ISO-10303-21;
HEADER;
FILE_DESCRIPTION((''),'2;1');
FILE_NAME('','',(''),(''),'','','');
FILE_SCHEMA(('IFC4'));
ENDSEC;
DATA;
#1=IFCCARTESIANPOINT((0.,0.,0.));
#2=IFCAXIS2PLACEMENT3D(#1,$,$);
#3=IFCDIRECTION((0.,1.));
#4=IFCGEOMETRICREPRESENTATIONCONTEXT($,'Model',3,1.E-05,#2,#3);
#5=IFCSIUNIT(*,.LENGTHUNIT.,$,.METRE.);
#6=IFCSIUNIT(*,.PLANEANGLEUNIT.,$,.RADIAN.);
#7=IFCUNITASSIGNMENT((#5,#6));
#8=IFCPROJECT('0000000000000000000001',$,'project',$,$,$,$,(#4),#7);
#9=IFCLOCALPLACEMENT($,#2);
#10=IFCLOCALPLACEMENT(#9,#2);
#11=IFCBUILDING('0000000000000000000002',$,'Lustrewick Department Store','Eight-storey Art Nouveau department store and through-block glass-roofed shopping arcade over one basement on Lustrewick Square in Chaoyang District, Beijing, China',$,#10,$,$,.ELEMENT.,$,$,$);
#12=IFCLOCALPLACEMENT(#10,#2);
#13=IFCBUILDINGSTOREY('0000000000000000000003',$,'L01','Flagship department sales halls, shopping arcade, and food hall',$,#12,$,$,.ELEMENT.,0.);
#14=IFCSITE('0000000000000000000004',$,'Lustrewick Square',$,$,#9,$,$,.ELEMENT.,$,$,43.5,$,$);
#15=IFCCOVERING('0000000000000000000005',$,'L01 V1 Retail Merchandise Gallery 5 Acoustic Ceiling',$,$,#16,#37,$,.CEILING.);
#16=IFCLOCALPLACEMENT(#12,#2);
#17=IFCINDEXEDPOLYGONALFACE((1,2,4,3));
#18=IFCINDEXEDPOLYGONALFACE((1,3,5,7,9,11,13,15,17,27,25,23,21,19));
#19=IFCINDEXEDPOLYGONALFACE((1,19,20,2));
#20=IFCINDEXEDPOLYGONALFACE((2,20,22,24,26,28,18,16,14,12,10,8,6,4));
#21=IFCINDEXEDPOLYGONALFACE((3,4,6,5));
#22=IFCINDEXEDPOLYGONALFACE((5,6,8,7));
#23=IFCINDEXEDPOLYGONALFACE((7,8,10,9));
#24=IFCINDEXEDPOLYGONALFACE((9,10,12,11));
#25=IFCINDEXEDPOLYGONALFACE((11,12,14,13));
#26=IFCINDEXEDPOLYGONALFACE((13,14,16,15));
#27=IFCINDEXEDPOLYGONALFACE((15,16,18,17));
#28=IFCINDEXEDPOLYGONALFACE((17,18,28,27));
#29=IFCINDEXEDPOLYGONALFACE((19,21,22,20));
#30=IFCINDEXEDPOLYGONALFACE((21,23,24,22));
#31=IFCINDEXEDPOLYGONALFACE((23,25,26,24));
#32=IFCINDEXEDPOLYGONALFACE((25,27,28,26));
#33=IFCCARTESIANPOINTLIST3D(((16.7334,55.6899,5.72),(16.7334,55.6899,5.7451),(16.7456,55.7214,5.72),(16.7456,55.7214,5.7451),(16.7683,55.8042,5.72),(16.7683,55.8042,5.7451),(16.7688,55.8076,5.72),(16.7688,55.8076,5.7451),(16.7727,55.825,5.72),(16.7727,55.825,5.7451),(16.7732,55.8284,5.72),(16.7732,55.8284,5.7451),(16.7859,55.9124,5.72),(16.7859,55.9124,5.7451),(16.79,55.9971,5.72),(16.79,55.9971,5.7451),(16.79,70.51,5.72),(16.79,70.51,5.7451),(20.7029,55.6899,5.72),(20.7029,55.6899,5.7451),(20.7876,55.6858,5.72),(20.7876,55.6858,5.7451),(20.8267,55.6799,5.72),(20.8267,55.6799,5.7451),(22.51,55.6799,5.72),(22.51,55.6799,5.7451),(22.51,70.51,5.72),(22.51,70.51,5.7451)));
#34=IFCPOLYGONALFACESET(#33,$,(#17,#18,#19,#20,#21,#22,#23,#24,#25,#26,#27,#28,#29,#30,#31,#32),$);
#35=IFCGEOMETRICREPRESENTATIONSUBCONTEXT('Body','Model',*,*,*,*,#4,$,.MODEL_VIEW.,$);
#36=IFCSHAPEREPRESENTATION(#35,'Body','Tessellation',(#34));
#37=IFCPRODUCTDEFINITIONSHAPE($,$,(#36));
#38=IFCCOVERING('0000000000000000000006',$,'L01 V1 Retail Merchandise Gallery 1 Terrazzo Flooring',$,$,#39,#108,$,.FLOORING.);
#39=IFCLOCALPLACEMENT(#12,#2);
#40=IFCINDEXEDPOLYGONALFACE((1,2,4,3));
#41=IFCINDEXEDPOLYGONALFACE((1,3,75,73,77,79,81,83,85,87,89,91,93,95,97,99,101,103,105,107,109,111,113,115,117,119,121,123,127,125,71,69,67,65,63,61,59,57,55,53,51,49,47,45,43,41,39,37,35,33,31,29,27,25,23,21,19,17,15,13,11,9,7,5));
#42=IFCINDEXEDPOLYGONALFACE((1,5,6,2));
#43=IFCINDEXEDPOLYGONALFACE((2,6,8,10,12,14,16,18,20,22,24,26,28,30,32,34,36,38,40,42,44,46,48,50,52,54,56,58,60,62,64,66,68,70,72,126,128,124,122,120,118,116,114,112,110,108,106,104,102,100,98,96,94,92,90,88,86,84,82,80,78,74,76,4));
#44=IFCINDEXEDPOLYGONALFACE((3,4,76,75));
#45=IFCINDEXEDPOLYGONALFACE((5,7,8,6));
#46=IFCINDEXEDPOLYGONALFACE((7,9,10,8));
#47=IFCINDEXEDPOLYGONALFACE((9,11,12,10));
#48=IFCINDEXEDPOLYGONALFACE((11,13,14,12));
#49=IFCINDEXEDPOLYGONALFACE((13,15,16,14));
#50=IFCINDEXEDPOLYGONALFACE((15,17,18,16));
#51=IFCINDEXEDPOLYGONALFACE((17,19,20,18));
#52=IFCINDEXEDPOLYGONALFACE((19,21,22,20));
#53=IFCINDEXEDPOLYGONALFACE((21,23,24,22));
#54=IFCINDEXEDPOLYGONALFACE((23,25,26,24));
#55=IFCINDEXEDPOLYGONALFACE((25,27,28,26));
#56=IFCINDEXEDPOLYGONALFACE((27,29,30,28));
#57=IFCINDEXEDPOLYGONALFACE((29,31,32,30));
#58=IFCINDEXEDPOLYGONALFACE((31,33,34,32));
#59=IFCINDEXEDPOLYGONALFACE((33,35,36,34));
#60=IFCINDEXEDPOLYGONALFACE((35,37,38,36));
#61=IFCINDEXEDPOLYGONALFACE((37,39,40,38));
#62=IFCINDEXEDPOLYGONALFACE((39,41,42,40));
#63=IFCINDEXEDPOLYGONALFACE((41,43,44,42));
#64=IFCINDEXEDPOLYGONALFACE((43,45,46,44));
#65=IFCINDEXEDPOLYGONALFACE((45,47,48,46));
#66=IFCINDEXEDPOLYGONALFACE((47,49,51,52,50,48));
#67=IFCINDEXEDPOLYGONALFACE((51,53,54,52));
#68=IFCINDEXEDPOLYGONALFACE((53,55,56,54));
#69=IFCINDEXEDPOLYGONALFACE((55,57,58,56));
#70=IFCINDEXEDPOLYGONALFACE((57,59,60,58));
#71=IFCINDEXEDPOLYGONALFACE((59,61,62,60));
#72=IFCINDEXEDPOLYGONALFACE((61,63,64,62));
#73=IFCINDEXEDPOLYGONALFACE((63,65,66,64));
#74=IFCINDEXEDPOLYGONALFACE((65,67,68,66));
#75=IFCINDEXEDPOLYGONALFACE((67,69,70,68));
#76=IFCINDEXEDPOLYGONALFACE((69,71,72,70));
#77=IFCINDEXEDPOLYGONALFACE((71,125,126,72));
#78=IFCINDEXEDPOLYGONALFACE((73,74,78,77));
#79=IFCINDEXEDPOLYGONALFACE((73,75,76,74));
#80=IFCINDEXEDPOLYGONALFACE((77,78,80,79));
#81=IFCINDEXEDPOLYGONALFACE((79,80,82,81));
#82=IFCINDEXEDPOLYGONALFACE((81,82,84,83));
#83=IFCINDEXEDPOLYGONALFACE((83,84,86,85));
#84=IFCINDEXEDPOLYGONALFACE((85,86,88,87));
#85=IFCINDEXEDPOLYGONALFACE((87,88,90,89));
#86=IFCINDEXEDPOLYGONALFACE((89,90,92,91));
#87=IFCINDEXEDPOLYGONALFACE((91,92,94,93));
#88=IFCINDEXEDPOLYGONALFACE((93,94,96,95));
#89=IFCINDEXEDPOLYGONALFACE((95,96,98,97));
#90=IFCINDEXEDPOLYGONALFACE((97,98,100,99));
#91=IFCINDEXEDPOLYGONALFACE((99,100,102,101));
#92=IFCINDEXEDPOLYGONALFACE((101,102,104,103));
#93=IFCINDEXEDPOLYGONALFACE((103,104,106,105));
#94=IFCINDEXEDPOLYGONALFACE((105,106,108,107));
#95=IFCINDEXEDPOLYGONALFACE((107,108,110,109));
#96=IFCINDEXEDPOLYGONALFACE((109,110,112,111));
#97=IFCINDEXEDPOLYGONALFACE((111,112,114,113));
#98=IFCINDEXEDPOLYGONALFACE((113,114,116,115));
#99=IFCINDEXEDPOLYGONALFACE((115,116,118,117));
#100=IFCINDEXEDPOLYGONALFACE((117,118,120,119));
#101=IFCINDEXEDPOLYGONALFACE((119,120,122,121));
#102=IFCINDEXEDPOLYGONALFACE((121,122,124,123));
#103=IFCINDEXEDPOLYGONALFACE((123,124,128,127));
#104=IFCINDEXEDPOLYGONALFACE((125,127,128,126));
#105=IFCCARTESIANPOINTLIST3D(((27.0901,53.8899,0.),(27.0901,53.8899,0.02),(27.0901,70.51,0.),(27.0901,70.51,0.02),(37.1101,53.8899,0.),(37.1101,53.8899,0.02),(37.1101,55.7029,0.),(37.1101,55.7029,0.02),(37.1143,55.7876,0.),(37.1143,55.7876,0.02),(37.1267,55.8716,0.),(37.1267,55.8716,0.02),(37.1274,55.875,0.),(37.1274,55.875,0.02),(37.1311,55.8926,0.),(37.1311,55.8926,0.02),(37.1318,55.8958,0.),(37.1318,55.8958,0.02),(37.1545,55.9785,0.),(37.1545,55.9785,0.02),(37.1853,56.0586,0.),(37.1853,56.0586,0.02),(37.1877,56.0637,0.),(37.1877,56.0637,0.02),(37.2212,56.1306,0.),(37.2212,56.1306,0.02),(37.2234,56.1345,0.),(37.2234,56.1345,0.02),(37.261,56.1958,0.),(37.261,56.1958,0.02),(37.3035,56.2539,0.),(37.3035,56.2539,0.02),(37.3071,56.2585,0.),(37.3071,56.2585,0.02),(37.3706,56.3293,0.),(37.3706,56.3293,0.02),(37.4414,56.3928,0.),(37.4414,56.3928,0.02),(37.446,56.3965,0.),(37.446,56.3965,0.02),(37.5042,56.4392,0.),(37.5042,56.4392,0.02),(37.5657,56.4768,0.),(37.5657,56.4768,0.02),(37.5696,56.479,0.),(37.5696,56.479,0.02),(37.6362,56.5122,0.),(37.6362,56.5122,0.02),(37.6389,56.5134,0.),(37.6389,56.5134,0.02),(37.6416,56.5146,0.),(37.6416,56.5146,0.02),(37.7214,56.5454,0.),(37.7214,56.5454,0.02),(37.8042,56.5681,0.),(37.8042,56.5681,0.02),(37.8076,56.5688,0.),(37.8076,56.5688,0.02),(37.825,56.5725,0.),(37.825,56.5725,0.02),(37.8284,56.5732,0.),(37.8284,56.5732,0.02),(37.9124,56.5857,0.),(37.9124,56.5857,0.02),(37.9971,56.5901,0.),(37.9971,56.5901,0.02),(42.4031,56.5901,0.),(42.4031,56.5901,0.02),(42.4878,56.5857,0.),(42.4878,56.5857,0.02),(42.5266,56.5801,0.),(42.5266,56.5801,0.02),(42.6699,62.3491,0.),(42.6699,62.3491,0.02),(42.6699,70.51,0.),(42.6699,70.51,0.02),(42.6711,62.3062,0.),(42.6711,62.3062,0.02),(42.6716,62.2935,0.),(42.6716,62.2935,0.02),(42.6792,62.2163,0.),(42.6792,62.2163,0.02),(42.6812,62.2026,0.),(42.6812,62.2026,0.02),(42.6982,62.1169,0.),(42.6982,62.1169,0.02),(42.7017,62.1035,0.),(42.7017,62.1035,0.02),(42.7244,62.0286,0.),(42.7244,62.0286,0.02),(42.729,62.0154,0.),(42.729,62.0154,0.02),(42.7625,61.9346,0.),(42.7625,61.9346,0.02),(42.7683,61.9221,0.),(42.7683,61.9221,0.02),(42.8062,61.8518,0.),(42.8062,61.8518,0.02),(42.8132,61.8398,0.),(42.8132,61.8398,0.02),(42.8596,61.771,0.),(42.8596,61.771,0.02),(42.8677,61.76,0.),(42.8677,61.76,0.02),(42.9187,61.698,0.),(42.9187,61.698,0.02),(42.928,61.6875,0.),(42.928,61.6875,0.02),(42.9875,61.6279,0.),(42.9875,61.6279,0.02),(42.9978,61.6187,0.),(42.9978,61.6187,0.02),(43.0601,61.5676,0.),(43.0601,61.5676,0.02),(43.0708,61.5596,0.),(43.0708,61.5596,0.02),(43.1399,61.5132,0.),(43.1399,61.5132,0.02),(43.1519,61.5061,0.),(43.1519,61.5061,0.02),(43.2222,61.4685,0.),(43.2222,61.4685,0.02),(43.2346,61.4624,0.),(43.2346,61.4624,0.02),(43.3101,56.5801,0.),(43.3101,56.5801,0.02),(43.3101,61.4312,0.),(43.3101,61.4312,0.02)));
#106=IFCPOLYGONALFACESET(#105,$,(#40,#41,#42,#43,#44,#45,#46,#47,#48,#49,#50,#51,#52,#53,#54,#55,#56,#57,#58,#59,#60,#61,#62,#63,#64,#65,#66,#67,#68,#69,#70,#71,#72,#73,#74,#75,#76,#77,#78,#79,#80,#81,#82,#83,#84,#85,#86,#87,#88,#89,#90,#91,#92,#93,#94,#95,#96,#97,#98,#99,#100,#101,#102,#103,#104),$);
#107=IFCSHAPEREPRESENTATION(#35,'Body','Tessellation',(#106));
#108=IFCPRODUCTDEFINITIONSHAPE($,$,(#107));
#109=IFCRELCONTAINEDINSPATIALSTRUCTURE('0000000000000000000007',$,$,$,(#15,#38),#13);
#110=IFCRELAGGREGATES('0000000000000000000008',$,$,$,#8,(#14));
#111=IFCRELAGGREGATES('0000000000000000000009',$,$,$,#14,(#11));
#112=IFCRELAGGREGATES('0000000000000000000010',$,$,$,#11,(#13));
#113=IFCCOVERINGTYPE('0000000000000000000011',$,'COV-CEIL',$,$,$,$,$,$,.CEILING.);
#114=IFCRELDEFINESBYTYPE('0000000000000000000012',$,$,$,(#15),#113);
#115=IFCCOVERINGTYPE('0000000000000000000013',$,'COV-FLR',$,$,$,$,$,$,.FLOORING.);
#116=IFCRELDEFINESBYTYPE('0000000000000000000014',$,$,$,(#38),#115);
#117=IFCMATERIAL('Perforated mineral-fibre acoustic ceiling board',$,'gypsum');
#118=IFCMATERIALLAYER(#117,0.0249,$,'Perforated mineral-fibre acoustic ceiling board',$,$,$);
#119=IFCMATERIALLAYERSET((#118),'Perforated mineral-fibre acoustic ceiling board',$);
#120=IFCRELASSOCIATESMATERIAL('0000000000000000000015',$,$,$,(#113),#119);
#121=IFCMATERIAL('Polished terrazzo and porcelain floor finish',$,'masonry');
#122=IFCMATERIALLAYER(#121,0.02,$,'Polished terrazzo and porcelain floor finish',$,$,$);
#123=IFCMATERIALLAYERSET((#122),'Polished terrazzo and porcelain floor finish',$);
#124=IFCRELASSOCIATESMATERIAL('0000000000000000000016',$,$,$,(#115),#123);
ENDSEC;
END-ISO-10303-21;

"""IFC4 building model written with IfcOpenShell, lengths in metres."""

from ifc_helpers import new_model, si_unit, direction, frame, origin, place, context, subcontext, project, spatial, polyline, outline, extrude, material, layer, layer_set, type_object, element, save


model = new_model("IFC4")

# Units and contexts
model_context = context("Model", 3, precision=1e-05, world=origin(), true_north=direction((0.0, 1.0)))
body_context = subcontext(model_context, "Body", "Model", "MODEL_VIEW")
ifc_project = project(units=[si_unit("LENGTHUNIT", "METRE"), si_unit("PLANEANGLEUNIT", "RADIAN")], contexts=[model_context])

# Site, building, storey
site_placement = place(None, origin())
site = spatial("IfcSite", under=ifc_project, at=site_placement, Name="Lustrewick Square", CompositionType="ELEMENT", RefElevation=43.5)
building_placement = place(site_placement, origin())
building = spatial("IfcBuilding", under=site, at=building_placement, Name="Lustrewick Department Store", Description="Eight-storey Art Nouveau department store and through-block glass-roofed shopping arcade over one basement on Lustrewick Square in Chaoyang District, Beijing, China", CompositionType="ELEMENT")
storey_placement = place(building_placement, origin())
storey = spatial("IfcBuildingStorey", under=building, at=storey_placement, Name="L01", Description="Flagship department sales halls, shopping arcade, and food hall", CompositionType="ELEMENT", Elevation=0.0)

# Coverings
ifc_material_1 = material(Name="Perforated mineral-fibre acoustic ceiling board", Category="gypsum")
ifc_layer_1 = layer(ifc_material_1, 0.0249, Name="Perforated mineral-fibre acoustic ceiling board")
ifc_layer_set_1 = layer_set([ifc_layer_1], Name="Perforated mineral-fibre acoustic ceiling board")
covering_type_1 = type_object("IfcCoveringType", Name="COV-CEIL", PredefinedType="CEILING", material=ifc_layer_set_1)
covering_1_placement = place(storey_placement, frame((0.0, 0.0, 5.72)))
element("IfcCovering", 1, at=covering_1_placement, inside=storey, type_object=covering_type_1, Name="L01 V1 Retail Merchandise Gallery 5 Acoustic Ceiling", PredefinedType="CEILING", context=body_context, shape_type="SweptSolid", body=[
    extrude(outline(polyline([(20.7029, 55.6899), (20.7876, 55.6858), (20.8267, 55.6799), (22.51, 55.6799), (22.51, 70.51), (16.79, 70.51), (16.79, 55.9971), (16.7859, 55.9124), (16.7732, 55.8284), (16.7727, 55.825), (16.7688, 55.8076), (16.7683, 55.8042), (16.7456, 55.7214), (16.7334, 55.6899), (20.7029, 55.6899)])), origin(), (0.0, 0.0, 1.0), 0.0251),
])
ifc_material_2 = material(Name="Polished terrazzo and porcelain floor finish", Category="masonry")
ifc_layer_2 = layer(ifc_material_2, 0.02, Name="Polished terrazzo and porcelain floor finish")
ifc_layer_set_2 = layer_set([ifc_layer_2], Name="Polished terrazzo and porcelain floor finish")
covering_type_2 = type_object("IfcCoveringType", Name="COV-FLR", PredefinedType="FLOORING", material=ifc_layer_set_2)
covering_2_placement = place(storey_placement, origin())
element("IfcCovering", 2, at=covering_2_placement, inside=storey, type_object=covering_type_2, Name="L01 V1 Retail Merchandise Gallery 1 Terrazzo Flooring", PredefinedType="FLOORING", context=body_context, shape_type="SweptSolid", body=[
    extrude(outline(polyline([(43.3101, 61.4312), (43.2346, 61.4624), (43.2222, 61.4685), (43.1519, 61.5061), (43.1399, 61.5132), (43.0708, 61.5596), (43.0601, 61.5676), (42.9978, 61.6187), (42.9875, 61.6279), (42.928, 61.6875), (42.9187, 61.698), (42.8677, 61.76), (42.8596, 61.771), (42.8132, 61.8398), (42.8062, 61.8518), (42.7683, 61.9221), (42.7625, 61.9346), (42.729, 62.0154), (42.7244, 62.0286), (42.7017, 62.1035), (42.6982, 62.1169), (42.6812, 62.2026), (42.6792, 62.2163), (42.6716, 62.2935), (42.6711, 62.3062), (42.6699, 62.3491), (42.6699, 70.51), (27.0901, 70.51), (27.0901, 53.8899), (37.1101, 53.8899), (37.1101, 55.7029), (37.1143, 55.7876), (37.1267, 55.8716), (37.1274, 55.875), (37.1311, 55.8926), (37.1318, 55.8958), (37.1545, 55.9785), (37.1853, 56.0586), (37.1877, 56.0637), (37.2212, 56.1306), (37.2234, 56.1345), (37.261, 56.1958), (37.3035, 56.2539), (37.3071, 56.2585), (37.3706, 56.3293), (37.4414, 56.3928), (37.446, 56.3965), (37.5042, 56.4392), (37.5657, 56.4768), (37.5696, 56.479), (37.6362, 56.5122), (37.6389, 56.5134), (37.6416, 56.5146), (37.7214, 56.5454), (37.8042, 56.5681), (37.8076, 56.5688), (37.825, 56.5725), (37.8284, 56.5732), (37.9124, 56.5857), (37.9971, 56.5901), (42.4031, 56.5901), (42.4878, 56.5857), (42.5266, 56.5801), (43.3101, 56.5801), (43.3101, 61.4312)])), origin(), (0.0, 0.0, 1.0), 0.02),
])

save(model, "model.ifc")
